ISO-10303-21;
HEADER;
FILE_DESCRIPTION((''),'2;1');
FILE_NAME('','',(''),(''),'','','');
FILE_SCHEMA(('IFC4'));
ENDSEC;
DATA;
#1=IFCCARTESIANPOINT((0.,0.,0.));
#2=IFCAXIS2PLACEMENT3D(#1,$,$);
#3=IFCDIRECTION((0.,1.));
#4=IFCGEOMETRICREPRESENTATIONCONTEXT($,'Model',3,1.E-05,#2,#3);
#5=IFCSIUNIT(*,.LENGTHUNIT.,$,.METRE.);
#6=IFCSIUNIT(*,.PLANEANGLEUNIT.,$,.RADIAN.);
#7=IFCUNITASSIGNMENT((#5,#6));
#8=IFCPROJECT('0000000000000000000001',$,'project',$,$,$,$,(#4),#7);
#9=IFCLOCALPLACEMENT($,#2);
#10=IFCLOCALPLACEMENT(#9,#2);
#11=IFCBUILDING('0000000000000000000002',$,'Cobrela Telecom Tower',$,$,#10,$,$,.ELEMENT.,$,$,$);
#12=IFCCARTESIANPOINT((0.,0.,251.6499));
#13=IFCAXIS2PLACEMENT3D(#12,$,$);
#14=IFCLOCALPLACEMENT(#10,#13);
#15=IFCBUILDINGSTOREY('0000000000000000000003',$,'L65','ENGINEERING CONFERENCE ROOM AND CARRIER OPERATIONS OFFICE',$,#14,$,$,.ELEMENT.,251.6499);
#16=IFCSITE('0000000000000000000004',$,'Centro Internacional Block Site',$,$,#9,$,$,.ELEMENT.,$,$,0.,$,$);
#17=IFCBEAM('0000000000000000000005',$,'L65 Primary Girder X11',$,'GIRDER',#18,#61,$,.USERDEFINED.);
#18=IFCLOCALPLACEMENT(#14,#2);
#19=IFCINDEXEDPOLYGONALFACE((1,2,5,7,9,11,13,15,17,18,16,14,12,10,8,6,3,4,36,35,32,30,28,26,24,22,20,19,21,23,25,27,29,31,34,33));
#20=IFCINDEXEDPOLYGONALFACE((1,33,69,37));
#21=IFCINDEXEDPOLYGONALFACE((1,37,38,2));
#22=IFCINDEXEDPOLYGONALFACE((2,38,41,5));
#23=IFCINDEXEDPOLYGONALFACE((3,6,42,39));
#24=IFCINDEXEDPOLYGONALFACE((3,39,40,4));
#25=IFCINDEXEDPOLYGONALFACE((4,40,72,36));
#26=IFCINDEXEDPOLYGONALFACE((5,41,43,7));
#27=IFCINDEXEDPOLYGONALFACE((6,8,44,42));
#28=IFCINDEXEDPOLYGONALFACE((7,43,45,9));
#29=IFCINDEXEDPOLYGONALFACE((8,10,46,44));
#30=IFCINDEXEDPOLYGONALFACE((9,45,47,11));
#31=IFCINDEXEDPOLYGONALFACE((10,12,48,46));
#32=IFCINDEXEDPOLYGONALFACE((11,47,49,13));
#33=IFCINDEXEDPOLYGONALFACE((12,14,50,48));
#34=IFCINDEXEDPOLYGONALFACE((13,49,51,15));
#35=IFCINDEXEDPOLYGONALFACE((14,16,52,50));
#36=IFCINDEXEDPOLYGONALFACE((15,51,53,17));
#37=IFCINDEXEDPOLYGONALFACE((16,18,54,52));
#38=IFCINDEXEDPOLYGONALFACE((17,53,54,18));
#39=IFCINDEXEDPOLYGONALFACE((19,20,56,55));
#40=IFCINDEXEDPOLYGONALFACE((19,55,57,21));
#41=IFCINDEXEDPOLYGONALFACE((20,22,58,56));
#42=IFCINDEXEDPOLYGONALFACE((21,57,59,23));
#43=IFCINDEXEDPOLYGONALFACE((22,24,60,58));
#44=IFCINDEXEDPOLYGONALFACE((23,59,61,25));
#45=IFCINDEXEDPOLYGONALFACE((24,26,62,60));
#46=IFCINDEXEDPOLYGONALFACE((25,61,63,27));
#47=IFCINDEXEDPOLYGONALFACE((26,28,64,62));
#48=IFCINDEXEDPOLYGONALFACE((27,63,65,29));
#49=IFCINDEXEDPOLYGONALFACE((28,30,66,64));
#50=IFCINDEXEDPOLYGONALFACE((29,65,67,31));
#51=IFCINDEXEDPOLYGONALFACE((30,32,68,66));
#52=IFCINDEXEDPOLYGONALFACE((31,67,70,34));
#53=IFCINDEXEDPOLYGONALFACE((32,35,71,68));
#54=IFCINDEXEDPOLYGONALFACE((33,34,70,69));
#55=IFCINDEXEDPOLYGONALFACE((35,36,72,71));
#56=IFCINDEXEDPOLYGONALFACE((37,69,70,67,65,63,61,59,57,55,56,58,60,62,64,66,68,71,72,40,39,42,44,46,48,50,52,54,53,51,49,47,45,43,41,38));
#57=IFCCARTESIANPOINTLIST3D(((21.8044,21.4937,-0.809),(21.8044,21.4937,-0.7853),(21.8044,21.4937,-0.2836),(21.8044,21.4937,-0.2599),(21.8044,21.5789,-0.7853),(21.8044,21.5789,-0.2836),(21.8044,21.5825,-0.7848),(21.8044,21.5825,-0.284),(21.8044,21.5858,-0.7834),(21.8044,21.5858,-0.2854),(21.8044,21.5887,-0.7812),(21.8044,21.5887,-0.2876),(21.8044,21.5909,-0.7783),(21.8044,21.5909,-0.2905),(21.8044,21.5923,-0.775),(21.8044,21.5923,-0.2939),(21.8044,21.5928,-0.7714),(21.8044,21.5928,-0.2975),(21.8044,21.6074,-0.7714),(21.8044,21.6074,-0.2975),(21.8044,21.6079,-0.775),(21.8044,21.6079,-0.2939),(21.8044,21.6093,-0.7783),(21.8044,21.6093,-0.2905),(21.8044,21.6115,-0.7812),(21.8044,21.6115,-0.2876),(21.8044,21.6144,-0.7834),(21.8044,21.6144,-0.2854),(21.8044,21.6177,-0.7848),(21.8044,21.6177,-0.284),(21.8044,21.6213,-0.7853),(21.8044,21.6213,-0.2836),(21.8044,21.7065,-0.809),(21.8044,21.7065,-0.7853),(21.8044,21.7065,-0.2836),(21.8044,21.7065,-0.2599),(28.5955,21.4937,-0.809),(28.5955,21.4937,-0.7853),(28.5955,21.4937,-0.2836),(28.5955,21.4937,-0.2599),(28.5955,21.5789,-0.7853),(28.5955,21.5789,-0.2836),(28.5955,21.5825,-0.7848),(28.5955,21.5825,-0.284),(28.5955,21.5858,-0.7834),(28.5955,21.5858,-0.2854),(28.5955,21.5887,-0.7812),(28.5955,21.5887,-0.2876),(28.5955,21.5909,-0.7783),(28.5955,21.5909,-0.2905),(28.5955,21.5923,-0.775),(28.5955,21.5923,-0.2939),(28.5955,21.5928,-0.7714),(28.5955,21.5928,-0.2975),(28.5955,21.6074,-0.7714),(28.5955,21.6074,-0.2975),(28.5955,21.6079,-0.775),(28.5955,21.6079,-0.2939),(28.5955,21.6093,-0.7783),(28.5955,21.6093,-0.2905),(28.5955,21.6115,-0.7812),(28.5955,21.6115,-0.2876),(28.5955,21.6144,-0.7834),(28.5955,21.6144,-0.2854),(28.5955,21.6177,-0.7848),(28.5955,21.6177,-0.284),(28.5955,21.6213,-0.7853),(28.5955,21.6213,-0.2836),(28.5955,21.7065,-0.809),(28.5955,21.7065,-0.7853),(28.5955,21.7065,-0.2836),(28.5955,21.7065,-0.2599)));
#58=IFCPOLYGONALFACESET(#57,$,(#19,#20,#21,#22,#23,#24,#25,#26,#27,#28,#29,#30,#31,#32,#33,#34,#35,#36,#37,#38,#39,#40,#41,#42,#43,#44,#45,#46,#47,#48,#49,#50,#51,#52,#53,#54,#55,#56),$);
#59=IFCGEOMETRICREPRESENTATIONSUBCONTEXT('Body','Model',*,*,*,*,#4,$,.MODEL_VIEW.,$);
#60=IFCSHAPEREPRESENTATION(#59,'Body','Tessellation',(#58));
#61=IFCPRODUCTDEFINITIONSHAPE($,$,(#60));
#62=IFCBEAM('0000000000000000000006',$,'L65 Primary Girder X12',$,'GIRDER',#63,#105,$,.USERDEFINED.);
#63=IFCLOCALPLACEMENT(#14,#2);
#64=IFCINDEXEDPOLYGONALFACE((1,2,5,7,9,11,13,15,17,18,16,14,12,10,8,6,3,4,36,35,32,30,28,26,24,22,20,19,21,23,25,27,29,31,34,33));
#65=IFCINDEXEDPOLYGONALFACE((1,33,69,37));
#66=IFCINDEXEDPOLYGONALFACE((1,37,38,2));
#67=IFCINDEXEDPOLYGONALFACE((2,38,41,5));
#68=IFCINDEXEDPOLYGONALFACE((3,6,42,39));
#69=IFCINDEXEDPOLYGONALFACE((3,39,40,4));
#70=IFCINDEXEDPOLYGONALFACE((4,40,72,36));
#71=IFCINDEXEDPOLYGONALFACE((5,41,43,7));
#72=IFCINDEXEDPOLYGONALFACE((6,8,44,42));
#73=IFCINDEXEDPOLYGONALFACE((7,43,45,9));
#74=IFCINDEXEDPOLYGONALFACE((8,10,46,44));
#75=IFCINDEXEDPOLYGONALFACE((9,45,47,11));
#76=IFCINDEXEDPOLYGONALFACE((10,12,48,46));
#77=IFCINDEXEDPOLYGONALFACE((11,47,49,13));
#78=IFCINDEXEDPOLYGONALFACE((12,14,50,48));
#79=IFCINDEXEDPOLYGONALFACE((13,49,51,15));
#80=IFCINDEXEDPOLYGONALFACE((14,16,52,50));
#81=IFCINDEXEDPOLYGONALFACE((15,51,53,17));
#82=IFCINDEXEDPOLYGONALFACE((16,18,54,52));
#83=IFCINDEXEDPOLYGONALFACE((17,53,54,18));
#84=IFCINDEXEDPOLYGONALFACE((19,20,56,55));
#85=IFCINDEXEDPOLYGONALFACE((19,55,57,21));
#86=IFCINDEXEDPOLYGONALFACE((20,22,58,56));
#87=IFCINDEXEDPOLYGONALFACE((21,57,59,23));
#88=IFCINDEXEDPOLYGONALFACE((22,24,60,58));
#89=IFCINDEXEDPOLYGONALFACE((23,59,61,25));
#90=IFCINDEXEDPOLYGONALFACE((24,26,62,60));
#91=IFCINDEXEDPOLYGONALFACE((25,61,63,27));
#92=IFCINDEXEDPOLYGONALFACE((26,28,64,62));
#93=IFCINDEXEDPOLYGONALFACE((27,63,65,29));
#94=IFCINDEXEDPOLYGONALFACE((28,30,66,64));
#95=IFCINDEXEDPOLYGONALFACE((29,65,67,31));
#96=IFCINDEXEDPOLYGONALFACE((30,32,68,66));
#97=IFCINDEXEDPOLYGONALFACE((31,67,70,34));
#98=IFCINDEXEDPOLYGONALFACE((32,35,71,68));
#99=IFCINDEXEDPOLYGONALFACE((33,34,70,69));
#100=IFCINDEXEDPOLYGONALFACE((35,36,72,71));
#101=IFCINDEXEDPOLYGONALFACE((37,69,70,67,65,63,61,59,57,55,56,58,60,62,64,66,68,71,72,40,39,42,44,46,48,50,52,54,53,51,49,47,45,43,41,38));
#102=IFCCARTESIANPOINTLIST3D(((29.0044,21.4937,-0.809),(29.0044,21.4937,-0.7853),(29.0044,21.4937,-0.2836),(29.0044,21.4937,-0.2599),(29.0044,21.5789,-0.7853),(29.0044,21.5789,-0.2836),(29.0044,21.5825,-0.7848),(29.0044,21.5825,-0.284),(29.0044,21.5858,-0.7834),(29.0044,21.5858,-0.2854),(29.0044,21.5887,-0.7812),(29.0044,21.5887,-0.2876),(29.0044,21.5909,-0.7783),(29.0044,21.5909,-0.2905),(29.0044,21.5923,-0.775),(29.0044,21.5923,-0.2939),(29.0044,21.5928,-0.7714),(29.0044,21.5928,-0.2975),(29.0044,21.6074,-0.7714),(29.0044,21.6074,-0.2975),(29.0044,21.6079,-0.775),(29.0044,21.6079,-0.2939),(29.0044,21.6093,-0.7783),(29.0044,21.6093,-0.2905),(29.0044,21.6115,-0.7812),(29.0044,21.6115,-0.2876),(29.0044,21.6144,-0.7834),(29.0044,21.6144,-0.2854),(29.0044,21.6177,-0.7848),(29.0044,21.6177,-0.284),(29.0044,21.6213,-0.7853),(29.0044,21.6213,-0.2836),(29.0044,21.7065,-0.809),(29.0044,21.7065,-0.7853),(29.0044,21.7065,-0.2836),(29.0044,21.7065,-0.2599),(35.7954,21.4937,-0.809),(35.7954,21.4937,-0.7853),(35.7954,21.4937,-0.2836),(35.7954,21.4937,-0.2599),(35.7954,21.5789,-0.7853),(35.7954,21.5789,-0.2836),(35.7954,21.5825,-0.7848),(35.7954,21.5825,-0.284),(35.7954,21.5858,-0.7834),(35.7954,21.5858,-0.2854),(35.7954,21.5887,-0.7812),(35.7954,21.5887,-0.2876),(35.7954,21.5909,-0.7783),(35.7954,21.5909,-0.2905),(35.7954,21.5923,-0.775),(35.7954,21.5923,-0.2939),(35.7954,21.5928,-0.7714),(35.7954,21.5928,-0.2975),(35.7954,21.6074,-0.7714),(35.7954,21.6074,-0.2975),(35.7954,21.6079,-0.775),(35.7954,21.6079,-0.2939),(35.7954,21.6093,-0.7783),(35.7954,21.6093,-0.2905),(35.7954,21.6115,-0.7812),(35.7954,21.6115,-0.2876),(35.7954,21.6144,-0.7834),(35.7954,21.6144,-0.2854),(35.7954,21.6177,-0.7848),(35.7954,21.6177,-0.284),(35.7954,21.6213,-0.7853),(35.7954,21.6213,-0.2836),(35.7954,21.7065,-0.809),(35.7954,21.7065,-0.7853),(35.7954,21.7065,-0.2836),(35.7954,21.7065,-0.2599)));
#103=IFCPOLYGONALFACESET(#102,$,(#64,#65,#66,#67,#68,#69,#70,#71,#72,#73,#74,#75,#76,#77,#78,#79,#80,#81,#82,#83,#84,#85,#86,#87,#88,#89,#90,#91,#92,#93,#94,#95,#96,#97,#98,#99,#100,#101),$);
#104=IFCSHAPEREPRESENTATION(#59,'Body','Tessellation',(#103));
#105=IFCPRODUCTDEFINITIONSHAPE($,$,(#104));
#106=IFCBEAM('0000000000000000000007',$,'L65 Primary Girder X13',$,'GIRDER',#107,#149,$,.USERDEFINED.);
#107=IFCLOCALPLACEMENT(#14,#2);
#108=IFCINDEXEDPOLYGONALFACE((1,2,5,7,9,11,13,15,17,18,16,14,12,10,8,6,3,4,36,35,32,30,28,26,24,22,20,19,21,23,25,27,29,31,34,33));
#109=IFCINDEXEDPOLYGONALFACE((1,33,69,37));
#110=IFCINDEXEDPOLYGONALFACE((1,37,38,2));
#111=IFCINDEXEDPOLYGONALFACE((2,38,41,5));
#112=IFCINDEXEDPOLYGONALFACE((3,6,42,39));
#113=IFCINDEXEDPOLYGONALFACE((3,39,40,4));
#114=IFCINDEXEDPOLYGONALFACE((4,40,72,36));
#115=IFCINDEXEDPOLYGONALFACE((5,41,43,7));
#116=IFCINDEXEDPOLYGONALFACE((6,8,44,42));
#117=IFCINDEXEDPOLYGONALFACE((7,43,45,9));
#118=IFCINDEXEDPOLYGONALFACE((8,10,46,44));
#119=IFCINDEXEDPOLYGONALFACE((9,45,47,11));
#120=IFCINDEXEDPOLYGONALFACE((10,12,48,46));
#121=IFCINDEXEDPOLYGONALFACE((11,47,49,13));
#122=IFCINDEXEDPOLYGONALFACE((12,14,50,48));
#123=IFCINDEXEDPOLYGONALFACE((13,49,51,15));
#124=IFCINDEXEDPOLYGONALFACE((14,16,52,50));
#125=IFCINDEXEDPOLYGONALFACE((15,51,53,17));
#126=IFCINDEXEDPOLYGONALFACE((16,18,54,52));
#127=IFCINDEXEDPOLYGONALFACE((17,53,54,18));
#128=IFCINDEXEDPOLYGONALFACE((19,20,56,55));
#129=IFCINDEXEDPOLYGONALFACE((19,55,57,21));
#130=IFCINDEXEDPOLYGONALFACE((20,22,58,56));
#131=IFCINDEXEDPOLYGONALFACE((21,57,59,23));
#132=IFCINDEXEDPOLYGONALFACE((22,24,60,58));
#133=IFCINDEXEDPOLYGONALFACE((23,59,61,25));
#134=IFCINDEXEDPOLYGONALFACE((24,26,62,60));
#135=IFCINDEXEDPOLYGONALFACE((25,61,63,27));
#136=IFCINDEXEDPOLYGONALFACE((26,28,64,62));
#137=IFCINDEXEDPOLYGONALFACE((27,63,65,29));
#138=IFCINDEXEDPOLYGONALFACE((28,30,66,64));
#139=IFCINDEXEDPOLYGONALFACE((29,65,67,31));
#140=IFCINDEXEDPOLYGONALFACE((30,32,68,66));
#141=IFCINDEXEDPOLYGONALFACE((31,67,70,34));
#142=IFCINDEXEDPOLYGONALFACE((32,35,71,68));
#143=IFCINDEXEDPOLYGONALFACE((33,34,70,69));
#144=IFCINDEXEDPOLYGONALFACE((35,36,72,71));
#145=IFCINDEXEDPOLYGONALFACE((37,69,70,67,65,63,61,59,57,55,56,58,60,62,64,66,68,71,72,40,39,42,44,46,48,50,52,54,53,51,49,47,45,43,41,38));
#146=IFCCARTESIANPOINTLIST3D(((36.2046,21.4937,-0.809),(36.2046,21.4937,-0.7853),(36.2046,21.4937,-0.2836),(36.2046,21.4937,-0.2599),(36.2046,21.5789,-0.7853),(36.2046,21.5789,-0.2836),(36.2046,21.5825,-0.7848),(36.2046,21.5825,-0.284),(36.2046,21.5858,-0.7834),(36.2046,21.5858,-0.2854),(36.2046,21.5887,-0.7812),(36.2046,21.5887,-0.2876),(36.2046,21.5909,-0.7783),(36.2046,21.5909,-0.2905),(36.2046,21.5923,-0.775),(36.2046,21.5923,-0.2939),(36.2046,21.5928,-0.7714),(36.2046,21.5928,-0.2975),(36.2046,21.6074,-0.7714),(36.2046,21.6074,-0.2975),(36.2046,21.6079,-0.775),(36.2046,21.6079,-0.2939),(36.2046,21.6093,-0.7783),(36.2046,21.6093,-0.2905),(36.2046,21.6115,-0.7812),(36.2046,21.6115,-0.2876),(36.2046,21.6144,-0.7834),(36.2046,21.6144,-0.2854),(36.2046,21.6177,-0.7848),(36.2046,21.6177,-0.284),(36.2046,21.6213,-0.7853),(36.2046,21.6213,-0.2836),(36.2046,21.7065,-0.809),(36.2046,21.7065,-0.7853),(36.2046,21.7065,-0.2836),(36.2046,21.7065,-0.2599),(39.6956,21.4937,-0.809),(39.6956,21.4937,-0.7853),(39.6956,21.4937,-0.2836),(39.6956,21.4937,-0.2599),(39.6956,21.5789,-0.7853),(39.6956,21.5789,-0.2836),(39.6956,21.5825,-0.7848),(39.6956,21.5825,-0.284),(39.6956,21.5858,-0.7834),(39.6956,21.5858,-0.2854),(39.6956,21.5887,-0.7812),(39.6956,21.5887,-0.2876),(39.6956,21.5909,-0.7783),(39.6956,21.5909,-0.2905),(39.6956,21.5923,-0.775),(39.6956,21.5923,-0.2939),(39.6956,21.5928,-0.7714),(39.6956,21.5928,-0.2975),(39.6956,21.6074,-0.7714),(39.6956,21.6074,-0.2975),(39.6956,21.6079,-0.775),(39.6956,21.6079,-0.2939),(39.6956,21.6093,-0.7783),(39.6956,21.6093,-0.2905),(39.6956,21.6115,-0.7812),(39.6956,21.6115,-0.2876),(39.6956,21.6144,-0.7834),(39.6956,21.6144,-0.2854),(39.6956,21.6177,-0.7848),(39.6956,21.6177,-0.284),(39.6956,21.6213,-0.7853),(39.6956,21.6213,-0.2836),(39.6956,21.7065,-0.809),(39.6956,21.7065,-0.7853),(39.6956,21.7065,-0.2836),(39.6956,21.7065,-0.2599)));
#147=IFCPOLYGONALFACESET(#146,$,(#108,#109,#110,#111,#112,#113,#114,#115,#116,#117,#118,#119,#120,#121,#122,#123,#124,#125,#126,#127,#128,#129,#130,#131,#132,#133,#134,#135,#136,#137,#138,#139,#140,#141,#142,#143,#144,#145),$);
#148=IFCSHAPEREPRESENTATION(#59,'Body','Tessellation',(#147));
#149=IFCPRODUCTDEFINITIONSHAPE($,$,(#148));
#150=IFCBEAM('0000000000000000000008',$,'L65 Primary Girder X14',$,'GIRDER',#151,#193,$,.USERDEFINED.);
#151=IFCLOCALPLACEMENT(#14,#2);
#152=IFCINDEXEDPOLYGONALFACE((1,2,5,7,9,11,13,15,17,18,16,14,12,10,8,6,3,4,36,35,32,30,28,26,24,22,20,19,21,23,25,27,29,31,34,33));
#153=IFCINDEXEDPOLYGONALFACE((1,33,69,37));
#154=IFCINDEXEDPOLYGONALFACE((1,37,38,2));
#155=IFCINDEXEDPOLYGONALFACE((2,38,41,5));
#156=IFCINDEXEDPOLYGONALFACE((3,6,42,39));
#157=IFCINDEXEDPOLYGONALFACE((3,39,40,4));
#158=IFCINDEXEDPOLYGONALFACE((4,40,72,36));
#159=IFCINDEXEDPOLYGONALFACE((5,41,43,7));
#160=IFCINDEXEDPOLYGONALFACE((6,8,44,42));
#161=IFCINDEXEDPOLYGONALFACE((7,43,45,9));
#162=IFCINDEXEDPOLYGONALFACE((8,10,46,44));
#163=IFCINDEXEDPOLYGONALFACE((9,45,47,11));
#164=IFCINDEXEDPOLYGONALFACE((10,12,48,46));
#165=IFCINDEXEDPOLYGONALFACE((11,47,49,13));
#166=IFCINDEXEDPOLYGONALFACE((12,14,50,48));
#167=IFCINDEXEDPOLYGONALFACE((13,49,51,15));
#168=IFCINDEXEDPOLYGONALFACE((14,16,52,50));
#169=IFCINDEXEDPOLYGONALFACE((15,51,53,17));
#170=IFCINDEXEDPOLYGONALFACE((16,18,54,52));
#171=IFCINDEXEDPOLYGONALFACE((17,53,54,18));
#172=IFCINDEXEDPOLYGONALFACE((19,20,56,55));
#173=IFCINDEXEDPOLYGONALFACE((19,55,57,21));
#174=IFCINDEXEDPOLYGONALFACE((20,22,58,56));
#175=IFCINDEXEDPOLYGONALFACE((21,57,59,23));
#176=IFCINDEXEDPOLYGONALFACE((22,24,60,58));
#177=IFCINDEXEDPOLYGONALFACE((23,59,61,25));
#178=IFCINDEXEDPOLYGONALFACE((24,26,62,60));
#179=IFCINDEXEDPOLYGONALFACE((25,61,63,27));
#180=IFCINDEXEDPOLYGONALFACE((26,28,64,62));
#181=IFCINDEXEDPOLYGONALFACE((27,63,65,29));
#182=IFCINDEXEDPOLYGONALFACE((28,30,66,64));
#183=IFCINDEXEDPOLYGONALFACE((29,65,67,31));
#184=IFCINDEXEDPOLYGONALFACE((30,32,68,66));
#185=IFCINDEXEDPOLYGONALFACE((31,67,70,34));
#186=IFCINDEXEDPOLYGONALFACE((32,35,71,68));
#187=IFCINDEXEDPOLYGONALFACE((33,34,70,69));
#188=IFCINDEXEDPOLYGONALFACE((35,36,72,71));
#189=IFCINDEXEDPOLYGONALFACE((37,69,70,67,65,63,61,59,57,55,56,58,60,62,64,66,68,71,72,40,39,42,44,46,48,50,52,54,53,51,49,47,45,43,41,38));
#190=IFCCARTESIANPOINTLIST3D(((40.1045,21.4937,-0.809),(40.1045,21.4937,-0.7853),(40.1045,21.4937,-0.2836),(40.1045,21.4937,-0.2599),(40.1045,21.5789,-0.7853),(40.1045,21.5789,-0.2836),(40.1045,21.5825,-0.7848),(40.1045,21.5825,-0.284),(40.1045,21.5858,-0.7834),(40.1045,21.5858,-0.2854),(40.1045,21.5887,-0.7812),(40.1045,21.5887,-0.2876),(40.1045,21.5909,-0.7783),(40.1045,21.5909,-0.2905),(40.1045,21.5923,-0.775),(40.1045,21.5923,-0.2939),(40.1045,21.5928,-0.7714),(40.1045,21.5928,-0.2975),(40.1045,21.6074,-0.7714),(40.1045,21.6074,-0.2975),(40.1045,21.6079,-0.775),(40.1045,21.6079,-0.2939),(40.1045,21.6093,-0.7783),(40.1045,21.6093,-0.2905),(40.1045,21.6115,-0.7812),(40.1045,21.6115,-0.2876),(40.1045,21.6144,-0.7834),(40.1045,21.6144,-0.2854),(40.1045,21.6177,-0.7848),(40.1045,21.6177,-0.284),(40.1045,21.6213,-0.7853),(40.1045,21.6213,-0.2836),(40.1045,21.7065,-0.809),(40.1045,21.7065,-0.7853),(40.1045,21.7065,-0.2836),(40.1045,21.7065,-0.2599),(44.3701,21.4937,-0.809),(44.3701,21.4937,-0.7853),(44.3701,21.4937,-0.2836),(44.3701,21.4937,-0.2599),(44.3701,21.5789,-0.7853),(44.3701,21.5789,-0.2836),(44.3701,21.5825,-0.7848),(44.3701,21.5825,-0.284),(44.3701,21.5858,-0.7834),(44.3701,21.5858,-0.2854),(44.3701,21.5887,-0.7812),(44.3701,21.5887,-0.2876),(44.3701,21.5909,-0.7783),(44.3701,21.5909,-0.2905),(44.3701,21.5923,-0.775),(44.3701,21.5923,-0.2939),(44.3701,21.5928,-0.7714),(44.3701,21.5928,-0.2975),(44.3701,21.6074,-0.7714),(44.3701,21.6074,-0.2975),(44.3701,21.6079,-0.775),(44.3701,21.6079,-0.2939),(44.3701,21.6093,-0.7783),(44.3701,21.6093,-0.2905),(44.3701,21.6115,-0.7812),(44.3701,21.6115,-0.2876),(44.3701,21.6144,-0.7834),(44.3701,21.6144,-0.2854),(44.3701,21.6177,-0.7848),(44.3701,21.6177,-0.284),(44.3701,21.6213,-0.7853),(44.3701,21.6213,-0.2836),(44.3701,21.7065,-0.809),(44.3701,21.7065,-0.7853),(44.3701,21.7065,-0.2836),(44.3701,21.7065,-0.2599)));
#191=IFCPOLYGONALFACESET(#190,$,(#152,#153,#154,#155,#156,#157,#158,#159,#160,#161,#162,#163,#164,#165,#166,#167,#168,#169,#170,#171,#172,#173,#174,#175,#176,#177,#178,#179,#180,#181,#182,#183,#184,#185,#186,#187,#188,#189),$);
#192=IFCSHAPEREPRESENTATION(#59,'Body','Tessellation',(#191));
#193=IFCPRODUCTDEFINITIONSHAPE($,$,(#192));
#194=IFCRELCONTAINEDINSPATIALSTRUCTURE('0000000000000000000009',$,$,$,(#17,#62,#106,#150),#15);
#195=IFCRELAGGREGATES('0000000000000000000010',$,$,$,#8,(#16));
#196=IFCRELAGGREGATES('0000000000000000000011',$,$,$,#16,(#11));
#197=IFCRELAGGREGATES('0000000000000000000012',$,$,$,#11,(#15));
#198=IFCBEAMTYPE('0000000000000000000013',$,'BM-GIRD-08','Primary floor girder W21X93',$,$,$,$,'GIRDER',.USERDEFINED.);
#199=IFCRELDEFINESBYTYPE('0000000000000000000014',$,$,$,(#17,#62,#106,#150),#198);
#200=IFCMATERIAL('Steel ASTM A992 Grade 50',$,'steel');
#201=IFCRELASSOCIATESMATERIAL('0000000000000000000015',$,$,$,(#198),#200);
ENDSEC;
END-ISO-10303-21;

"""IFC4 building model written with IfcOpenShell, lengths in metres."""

from ifc_helpers import new_model, si_unit, direction, frame, origin, origin_2d, place, context, subcontext, project, spatial, i_section, extrude, material, material_profile, profile_set, type_object, element, save


model = new_model("IFC4")

# Units and contexts
model_context = context("Model", 3, precision=1e-05, world=origin(), true_north=direction((0.0, 1.0)))
body_context = subcontext(model_context, "Body", "Model", "MODEL_VIEW")
ifc_project = project(units=[si_unit("LENGTHUNIT", "METRE"), si_unit("PLANEANGLEUNIT", "RADIAN")], contexts=[model_context])

# Site, building, storey
site_placement = place(None, origin())
site = spatial("IfcSite", under=ifc_project, at=site_placement, Name="Centro Internacional Block Site", CompositionType="ELEMENT", RefElevation=0.0)
building_placement = place(site_placement, origin())
building = spatial("IfcBuilding", under=site, at=building_placement, Name="Cobrela Telecom Tower", CompositionType="ELEMENT")
storey_placement = place(building_placement, frame((0.0, 0.0, 251.6499)))
storey = spatial("IfcBuildingStorey", under=building, at=storey_placement, Name="L65", Description="ENGINEERING CONFERENCE ROOM AND CARRIER OPERATIONS OFFICE", CompositionType="ELEMENT", Elevation=251.6499)

# Shared definitions
ifc_material_1 = material(Name="Steel ASTM A992 Grade 50", Category="steel")

# Beams
ifc_material_profile_1 = material_profile(ifc_material_1, i_section(OverallWidth=0.2129, OverallDepth=0.5491, WebThickness=0.0146, FlangeThickness=0.0237, FilletRadius=0.0139, at=origin_2d()), Name="W21X93")
ifc_profile_set_1 = profile_set([ifc_material_profile_1], Name="Steel ASTM A992 Grade 50")
beam_type = type_object("IfcBeamType", Name="BM-GIRD-08", Description="Primary floor girder W21X93", ElementType="GIRDER", PredefinedType="USERDEFINED", material=ifc_profile_set_1)
for number, where, z_axis, x_axis, name in (
    (1, (21.8044, 21.6001, -0.5344), (1.0, 0.0, 0.0), (0.0, 1.0, 0.0), "L65 Primary Girder X11"),
    (2, (29.0044, 21.6001, -0.5344), (1.0, 0.0, 0.0), (0.0, 1.0, 0.0), "L65 Primary Girder X12"),
):
    element("IfcBeam", number, at=place(storey_placement, frame(where, z_axis=z_axis, x_axis=x_axis)), inside=storey, type_object=beam_type, Name=name, ObjectType="GIRDER", PredefinedType="USERDEFINED", context=body_context, shape_type="SweptSolid", body=[
        extrude(i_section(OverallWidth=0.2129, OverallDepth=0.5491, WebThickness=0.0146, FlangeThickness=0.0237, FilletRadius=0.0139, at=origin_2d()), origin(), (0.0, 0.0, 1.0), 6.791),
    ])
beam_1_placement = place(storey_placement, frame((36.2046, 21.6001, -0.5344), z_axis=(1.0, 0.0, 0.0), x_axis=(0.0, 1.0, 0.0)))
element("IfcBeam", 3, at=beam_1_placement, inside=storey, type_object=beam_type, Name="L65 Primary Girder X13", ObjectType="GIRDER", PredefinedType="USERDEFINED", context=body_context, shape_type="SweptSolid", body=[
    extrude(i_section(OverallWidth=0.2129, OverallDepth=0.5491, WebThickness=0.0146, FlangeThickness=0.0237, FilletRadius=0.0139, at=origin_2d()), origin(), (0.0, 0.0, 1.0), 3.491),
])
beam_2_placement = place(storey_placement, frame((40.1045, 21.6001, -0.5344), z_axis=(1.0, 0.0, 0.0), x_axis=(0.0, 1.0, 0.0)))
element("IfcBeam", 4, at=beam_2_placement, inside=storey, type_object=beam_type, Name="L65 Primary Girder X14", ObjectType="GIRDER", PredefinedType="USERDEFINED", context=body_context, shape_type="SweptSolid", body=[
    extrude(i_section(OverallWidth=0.2129, OverallDepth=0.5491, WebThickness=0.0146, FlangeThickness=0.0237, FilletRadius=0.0139, at=origin_2d()), origin(), (0.0, 0.0, 1.0), 4.2656),
])

save(model, "model.ifc")
